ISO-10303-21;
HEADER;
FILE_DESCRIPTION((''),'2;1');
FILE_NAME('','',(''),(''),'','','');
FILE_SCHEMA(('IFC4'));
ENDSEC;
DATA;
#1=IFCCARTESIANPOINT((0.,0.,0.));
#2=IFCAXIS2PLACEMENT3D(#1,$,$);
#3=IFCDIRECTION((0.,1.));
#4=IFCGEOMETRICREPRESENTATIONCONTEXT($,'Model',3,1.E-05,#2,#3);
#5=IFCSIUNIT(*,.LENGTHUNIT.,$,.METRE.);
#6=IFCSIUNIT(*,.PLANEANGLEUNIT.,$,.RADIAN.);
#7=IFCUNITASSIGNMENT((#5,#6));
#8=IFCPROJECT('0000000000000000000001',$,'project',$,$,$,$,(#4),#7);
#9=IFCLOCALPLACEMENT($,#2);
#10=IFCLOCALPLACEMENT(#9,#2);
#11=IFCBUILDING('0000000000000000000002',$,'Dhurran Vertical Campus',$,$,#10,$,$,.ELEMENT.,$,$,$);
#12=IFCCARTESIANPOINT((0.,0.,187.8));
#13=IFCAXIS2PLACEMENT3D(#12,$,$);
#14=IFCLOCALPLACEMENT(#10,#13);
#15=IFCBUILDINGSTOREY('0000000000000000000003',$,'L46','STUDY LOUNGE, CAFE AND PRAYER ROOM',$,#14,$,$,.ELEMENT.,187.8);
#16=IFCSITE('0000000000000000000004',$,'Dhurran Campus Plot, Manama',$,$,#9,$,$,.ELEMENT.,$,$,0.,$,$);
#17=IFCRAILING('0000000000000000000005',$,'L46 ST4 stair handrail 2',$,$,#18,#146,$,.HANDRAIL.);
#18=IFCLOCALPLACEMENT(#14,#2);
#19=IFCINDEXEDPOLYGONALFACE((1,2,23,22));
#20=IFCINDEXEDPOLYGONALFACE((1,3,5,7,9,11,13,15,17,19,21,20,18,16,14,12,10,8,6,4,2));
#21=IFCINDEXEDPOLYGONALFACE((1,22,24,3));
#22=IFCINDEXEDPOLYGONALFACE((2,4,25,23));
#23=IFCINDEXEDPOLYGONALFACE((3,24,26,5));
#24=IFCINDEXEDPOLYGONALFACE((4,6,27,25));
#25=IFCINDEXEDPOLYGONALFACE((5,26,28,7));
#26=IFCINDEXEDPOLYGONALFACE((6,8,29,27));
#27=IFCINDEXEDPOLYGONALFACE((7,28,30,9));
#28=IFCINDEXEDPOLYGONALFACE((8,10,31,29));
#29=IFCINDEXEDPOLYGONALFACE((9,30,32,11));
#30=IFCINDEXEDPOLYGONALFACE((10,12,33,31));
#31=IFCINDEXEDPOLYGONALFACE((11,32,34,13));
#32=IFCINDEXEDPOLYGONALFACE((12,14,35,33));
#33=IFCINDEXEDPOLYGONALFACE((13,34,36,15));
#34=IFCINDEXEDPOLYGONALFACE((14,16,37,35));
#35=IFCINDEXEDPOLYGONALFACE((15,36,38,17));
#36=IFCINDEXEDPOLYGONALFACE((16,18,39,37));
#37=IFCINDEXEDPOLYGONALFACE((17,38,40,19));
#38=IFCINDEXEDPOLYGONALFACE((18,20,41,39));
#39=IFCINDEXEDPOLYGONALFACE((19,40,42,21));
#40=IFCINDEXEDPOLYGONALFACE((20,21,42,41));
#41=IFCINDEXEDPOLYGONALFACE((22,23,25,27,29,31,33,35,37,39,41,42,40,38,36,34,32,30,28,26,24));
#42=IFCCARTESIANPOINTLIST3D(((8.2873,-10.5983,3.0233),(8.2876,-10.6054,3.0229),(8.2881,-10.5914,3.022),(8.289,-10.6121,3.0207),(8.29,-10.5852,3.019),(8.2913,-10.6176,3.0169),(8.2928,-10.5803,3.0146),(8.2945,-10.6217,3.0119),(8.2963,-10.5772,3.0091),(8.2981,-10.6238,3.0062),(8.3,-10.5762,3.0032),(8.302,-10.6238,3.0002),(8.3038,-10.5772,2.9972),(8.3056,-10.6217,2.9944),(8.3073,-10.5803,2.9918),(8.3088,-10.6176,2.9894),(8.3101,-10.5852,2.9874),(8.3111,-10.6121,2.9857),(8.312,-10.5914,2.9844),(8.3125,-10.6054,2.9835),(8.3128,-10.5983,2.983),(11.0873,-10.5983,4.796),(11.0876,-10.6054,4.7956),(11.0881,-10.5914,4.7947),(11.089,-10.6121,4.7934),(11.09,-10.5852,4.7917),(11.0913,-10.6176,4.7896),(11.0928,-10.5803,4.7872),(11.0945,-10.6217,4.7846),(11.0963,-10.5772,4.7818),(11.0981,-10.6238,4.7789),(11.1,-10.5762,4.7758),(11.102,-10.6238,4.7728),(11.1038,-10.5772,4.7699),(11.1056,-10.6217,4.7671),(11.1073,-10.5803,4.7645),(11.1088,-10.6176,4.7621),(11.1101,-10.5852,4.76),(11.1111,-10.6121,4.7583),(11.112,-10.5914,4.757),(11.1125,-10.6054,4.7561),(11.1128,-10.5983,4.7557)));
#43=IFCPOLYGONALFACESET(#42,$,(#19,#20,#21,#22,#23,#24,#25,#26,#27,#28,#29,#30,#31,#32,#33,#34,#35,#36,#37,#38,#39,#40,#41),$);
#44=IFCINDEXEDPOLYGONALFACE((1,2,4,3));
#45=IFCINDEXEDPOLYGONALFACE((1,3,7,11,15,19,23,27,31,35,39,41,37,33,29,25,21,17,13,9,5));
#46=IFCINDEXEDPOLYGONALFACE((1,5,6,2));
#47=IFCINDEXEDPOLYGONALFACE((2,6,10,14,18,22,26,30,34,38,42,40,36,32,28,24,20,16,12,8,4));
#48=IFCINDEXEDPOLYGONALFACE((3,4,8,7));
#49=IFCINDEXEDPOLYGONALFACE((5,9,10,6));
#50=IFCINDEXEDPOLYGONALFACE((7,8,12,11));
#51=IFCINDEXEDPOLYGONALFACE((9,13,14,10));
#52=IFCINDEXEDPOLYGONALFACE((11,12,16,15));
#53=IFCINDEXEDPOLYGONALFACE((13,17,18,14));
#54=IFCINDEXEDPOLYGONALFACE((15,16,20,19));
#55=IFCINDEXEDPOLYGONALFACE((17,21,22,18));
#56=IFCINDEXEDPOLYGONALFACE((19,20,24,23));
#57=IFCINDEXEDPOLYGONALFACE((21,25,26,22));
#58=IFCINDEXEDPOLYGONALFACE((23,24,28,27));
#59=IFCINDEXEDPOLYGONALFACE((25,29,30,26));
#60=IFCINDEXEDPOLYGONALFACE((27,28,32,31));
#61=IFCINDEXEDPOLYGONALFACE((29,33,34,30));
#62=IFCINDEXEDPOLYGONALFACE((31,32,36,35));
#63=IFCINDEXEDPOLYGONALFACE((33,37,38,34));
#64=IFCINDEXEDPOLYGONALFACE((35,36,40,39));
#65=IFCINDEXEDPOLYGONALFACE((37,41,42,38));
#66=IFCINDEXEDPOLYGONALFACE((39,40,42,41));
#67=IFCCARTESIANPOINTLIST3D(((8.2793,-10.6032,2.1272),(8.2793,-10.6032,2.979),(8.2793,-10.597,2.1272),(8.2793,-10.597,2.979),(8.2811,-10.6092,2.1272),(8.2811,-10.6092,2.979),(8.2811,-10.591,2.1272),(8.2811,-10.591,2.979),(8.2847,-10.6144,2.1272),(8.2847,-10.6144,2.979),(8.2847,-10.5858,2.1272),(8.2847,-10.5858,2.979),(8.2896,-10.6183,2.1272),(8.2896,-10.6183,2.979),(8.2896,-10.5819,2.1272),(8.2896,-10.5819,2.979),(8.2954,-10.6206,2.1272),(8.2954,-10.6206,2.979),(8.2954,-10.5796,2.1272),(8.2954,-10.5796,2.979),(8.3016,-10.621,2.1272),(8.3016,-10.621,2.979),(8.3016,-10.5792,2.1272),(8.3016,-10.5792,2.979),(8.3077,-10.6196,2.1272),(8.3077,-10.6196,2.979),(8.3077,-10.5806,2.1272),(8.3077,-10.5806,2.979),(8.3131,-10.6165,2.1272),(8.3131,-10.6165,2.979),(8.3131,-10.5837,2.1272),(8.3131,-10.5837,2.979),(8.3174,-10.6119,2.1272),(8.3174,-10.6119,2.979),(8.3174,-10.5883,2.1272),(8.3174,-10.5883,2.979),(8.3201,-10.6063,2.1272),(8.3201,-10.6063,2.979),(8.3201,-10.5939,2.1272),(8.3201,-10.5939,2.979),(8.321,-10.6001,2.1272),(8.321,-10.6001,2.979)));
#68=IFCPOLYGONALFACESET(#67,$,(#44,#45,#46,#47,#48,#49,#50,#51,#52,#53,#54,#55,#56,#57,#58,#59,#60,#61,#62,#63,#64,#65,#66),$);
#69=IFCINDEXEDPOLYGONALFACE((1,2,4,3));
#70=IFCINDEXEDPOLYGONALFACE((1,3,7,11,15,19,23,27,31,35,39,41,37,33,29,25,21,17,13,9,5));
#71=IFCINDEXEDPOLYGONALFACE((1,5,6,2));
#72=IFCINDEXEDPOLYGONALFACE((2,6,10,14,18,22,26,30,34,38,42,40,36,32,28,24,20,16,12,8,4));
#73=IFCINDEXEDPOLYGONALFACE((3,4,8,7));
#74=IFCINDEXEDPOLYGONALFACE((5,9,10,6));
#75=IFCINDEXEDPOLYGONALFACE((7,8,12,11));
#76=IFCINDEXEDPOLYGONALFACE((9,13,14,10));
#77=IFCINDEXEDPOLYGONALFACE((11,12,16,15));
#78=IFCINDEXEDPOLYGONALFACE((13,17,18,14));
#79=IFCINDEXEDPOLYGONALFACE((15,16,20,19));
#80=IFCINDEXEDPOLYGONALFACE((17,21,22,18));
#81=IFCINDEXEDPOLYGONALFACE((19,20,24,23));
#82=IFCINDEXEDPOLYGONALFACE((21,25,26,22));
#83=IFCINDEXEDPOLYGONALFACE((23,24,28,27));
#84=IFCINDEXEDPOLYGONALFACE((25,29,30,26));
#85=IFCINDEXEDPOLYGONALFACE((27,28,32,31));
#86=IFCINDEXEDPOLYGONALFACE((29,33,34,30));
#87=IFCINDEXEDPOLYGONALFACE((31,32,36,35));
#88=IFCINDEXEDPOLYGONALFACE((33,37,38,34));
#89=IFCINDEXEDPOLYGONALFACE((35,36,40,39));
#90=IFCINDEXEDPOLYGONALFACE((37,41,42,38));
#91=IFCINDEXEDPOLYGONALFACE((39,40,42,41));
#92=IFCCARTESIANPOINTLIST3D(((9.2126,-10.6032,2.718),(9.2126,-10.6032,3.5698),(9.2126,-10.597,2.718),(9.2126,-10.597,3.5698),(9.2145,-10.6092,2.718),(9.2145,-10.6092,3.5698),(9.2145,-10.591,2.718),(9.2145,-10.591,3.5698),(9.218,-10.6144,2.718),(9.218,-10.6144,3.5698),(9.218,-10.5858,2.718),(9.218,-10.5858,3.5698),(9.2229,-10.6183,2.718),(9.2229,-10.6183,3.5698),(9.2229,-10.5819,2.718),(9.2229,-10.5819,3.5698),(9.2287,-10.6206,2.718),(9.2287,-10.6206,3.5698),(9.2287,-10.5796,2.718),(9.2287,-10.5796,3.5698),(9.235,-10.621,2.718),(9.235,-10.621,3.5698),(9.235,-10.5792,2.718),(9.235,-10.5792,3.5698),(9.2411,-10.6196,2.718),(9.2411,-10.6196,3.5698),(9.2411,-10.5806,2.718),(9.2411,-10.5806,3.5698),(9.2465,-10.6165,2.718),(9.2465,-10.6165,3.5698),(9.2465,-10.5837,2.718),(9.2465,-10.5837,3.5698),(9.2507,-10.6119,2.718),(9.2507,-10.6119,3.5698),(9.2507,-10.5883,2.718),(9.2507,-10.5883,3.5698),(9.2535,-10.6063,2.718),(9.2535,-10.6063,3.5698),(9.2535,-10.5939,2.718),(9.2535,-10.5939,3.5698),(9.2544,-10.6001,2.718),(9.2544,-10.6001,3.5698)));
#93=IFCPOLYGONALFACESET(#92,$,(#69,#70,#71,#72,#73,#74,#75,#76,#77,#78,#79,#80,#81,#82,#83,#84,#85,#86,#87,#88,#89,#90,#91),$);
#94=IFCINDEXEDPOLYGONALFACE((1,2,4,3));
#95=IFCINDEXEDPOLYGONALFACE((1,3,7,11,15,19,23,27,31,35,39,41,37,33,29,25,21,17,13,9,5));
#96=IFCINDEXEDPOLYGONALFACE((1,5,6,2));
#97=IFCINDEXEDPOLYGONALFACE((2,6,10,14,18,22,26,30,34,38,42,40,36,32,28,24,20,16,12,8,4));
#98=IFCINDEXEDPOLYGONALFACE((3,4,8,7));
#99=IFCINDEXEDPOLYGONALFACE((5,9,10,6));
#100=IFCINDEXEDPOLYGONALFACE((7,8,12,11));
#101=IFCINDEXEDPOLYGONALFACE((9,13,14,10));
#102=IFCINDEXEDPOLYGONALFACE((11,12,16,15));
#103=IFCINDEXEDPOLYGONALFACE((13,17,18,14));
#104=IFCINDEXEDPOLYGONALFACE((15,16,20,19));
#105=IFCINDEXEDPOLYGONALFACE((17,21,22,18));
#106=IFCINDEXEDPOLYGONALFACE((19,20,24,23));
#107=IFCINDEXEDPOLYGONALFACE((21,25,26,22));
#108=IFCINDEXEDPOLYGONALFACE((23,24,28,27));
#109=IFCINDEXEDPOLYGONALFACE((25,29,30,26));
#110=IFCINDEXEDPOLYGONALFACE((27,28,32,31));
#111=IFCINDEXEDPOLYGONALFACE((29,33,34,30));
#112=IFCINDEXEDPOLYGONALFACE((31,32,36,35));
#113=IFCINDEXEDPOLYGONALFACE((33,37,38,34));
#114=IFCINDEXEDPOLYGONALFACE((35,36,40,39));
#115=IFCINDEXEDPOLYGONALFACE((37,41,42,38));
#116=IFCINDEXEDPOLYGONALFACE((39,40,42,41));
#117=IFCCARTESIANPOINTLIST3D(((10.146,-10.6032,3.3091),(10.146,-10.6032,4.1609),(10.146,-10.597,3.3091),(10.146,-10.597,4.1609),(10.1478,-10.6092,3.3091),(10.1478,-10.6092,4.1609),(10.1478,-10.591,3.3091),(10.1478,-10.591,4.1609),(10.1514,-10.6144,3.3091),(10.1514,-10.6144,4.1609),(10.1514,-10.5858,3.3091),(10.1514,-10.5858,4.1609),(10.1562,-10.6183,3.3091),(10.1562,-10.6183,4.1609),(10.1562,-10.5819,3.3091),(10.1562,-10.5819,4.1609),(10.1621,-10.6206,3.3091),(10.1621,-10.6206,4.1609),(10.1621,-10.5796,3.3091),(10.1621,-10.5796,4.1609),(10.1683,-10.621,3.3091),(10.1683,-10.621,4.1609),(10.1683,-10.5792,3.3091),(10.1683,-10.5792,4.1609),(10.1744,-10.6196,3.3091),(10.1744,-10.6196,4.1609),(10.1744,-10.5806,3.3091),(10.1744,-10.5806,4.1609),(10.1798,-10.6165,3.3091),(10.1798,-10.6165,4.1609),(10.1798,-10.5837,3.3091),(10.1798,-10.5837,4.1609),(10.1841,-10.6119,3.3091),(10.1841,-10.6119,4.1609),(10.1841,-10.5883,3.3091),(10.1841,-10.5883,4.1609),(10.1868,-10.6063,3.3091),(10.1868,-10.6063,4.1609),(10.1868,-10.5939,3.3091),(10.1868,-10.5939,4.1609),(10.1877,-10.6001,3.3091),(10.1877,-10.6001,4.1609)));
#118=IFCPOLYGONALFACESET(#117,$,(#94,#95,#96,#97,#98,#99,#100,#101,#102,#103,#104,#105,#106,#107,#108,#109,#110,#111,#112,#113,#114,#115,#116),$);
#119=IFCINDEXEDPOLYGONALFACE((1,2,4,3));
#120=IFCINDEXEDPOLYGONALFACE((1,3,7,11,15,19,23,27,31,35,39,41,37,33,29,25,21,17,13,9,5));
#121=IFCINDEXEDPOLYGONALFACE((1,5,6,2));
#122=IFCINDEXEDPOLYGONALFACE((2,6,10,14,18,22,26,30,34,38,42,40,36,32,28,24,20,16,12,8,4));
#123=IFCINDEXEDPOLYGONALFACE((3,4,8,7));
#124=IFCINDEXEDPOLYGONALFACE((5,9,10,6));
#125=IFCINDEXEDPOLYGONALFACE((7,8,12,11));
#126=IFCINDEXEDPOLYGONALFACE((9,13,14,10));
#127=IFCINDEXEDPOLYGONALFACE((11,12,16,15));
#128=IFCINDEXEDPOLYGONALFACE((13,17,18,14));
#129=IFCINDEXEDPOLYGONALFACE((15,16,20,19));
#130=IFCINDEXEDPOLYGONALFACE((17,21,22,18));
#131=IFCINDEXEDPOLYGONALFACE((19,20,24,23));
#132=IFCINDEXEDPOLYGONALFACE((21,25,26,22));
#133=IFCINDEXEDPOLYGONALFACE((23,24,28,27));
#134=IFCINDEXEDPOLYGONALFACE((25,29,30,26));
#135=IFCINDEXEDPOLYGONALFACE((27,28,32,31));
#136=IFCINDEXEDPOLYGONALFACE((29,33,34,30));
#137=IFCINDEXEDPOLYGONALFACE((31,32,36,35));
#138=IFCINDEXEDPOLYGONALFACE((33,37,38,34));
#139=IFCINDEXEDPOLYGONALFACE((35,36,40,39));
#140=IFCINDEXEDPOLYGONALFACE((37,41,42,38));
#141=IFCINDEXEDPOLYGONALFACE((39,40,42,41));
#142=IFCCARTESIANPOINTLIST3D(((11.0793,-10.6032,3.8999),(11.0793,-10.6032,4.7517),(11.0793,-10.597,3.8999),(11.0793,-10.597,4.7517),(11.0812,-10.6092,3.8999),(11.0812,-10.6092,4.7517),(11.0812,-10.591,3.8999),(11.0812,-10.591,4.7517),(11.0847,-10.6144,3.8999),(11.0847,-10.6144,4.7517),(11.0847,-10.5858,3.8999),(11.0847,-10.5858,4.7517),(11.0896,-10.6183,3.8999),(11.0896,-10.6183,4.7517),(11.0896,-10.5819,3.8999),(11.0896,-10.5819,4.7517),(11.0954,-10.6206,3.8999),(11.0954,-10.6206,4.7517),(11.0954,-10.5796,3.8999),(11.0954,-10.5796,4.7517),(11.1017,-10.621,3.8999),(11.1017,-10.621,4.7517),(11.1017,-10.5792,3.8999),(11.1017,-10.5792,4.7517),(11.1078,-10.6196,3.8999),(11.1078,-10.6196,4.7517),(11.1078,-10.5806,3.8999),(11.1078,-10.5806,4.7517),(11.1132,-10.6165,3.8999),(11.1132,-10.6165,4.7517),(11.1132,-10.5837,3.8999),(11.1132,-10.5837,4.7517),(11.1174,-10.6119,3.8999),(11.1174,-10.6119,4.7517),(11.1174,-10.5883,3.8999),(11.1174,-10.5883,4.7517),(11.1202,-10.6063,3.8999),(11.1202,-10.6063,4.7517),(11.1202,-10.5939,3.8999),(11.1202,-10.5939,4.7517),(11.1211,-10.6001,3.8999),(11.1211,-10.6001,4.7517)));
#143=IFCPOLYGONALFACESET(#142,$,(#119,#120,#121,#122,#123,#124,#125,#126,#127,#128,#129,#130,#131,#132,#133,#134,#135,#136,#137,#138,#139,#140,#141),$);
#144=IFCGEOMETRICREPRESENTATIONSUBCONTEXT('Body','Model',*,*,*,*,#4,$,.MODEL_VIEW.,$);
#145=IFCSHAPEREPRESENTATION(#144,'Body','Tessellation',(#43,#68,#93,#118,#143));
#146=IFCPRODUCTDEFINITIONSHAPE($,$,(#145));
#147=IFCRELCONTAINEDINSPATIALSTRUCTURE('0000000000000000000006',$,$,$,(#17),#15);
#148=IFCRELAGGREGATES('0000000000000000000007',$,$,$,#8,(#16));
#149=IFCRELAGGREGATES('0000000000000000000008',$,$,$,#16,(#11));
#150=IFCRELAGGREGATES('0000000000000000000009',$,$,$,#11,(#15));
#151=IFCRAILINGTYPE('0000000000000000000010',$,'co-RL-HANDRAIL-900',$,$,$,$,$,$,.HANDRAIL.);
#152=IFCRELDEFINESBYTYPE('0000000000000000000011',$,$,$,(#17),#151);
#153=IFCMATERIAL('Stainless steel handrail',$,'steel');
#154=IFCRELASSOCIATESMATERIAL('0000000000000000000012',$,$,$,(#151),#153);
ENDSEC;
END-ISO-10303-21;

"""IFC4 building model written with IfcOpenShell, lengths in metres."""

from ifc_helpers import new_model, si_unit, direction, frame, origin, origin_2d, place, context, subcontext, project, spatial, circle, extrude, material, type_object, element, save


model = new_model("IFC4")

# Units and contexts
model_context = context("Model", 3, precision=1e-05, world=origin(), true_north=direction((0.0, 1.0)))
body_context = subcontext(model_context, "Body", "Model", "MODEL_VIEW")
ifc_project = project(units=[si_unit("LENGTHUNIT", "METRE"), si_unit("PLANEANGLEUNIT", "RADIAN")], contexts=[model_context])

# Site, building, storey
site_placement = place(None, origin())
site = spatial("IfcSite", under=ifc_project, at=site_placement, Name="Dhurran Campus Plot, Manama", CompositionType="ELEMENT", RefElevation=0.0)
building_placement = place(site_placement, origin())
building = spatial("IfcBuilding", under=site, at=building_placement, Name="Dhurran Vertical Campus", CompositionType="ELEMENT")
storey_placement = place(building_placement, frame((0.0, 0.0, 187.8)))
storey = spatial("IfcBuildingStorey", under=building, at=storey_placement, Name="L46", Description="STUDY LOUNGE, CAFE AND PRAYER ROOM", CompositionType="ELEMENT", Elevation=187.8)

# Railing
ifc_material_1 = material(Name="Stainless steel handrail", Category="steel")
railing_type_1 = type_object("IfcRailingType", Name="co-RL-HANDRAIL-900", PredefinedType="HANDRAIL", material=ifc_material_1)
railing_1_placement = place(storey_placement, frame((8.3, -10.6001, 2.1272)))
element("IfcRailing", 1, at=railing_1_placement, inside=storey, type_object=railing_type_1, Name="L46 ST4 stair handrail 2", PredefinedType="HANDRAIL", context=body_context, shape_type="SweptSolid", body=[
    extrude(circle(Radius=0.0239, at=origin_2d()), frame((0.0, 0.0, 0.876), z_axis=(0.844909, 0.0, 0.53491), x_axis=(0.0, 1.0, 0.0)), (0.0, 0.0, 1.0), 3.314),
    extrude(circle(Radius=0.021, at=origin_2d()), origin(), (0.0, 0.0, 1.0), 0.8518),
    extrude(circle(Radius=0.021, at=origin_2d()), frame((0.9333, 0.0, 0.5908)), (0.0, 0.0, 1.0), 0.8518),
    extrude(circle(Radius=0.021, at=origin_2d()), frame((1.8667, 0.0, 1.1819)), (0.0, 0.0, 1.0), 0.8518),
    extrude(circle(Radius=0.021, at=origin_2d()), frame((2.8, 0.0, 1.7727)), (0.0, 0.0, 1.0), 0.8518),
])

save(model, "model.ifc")
